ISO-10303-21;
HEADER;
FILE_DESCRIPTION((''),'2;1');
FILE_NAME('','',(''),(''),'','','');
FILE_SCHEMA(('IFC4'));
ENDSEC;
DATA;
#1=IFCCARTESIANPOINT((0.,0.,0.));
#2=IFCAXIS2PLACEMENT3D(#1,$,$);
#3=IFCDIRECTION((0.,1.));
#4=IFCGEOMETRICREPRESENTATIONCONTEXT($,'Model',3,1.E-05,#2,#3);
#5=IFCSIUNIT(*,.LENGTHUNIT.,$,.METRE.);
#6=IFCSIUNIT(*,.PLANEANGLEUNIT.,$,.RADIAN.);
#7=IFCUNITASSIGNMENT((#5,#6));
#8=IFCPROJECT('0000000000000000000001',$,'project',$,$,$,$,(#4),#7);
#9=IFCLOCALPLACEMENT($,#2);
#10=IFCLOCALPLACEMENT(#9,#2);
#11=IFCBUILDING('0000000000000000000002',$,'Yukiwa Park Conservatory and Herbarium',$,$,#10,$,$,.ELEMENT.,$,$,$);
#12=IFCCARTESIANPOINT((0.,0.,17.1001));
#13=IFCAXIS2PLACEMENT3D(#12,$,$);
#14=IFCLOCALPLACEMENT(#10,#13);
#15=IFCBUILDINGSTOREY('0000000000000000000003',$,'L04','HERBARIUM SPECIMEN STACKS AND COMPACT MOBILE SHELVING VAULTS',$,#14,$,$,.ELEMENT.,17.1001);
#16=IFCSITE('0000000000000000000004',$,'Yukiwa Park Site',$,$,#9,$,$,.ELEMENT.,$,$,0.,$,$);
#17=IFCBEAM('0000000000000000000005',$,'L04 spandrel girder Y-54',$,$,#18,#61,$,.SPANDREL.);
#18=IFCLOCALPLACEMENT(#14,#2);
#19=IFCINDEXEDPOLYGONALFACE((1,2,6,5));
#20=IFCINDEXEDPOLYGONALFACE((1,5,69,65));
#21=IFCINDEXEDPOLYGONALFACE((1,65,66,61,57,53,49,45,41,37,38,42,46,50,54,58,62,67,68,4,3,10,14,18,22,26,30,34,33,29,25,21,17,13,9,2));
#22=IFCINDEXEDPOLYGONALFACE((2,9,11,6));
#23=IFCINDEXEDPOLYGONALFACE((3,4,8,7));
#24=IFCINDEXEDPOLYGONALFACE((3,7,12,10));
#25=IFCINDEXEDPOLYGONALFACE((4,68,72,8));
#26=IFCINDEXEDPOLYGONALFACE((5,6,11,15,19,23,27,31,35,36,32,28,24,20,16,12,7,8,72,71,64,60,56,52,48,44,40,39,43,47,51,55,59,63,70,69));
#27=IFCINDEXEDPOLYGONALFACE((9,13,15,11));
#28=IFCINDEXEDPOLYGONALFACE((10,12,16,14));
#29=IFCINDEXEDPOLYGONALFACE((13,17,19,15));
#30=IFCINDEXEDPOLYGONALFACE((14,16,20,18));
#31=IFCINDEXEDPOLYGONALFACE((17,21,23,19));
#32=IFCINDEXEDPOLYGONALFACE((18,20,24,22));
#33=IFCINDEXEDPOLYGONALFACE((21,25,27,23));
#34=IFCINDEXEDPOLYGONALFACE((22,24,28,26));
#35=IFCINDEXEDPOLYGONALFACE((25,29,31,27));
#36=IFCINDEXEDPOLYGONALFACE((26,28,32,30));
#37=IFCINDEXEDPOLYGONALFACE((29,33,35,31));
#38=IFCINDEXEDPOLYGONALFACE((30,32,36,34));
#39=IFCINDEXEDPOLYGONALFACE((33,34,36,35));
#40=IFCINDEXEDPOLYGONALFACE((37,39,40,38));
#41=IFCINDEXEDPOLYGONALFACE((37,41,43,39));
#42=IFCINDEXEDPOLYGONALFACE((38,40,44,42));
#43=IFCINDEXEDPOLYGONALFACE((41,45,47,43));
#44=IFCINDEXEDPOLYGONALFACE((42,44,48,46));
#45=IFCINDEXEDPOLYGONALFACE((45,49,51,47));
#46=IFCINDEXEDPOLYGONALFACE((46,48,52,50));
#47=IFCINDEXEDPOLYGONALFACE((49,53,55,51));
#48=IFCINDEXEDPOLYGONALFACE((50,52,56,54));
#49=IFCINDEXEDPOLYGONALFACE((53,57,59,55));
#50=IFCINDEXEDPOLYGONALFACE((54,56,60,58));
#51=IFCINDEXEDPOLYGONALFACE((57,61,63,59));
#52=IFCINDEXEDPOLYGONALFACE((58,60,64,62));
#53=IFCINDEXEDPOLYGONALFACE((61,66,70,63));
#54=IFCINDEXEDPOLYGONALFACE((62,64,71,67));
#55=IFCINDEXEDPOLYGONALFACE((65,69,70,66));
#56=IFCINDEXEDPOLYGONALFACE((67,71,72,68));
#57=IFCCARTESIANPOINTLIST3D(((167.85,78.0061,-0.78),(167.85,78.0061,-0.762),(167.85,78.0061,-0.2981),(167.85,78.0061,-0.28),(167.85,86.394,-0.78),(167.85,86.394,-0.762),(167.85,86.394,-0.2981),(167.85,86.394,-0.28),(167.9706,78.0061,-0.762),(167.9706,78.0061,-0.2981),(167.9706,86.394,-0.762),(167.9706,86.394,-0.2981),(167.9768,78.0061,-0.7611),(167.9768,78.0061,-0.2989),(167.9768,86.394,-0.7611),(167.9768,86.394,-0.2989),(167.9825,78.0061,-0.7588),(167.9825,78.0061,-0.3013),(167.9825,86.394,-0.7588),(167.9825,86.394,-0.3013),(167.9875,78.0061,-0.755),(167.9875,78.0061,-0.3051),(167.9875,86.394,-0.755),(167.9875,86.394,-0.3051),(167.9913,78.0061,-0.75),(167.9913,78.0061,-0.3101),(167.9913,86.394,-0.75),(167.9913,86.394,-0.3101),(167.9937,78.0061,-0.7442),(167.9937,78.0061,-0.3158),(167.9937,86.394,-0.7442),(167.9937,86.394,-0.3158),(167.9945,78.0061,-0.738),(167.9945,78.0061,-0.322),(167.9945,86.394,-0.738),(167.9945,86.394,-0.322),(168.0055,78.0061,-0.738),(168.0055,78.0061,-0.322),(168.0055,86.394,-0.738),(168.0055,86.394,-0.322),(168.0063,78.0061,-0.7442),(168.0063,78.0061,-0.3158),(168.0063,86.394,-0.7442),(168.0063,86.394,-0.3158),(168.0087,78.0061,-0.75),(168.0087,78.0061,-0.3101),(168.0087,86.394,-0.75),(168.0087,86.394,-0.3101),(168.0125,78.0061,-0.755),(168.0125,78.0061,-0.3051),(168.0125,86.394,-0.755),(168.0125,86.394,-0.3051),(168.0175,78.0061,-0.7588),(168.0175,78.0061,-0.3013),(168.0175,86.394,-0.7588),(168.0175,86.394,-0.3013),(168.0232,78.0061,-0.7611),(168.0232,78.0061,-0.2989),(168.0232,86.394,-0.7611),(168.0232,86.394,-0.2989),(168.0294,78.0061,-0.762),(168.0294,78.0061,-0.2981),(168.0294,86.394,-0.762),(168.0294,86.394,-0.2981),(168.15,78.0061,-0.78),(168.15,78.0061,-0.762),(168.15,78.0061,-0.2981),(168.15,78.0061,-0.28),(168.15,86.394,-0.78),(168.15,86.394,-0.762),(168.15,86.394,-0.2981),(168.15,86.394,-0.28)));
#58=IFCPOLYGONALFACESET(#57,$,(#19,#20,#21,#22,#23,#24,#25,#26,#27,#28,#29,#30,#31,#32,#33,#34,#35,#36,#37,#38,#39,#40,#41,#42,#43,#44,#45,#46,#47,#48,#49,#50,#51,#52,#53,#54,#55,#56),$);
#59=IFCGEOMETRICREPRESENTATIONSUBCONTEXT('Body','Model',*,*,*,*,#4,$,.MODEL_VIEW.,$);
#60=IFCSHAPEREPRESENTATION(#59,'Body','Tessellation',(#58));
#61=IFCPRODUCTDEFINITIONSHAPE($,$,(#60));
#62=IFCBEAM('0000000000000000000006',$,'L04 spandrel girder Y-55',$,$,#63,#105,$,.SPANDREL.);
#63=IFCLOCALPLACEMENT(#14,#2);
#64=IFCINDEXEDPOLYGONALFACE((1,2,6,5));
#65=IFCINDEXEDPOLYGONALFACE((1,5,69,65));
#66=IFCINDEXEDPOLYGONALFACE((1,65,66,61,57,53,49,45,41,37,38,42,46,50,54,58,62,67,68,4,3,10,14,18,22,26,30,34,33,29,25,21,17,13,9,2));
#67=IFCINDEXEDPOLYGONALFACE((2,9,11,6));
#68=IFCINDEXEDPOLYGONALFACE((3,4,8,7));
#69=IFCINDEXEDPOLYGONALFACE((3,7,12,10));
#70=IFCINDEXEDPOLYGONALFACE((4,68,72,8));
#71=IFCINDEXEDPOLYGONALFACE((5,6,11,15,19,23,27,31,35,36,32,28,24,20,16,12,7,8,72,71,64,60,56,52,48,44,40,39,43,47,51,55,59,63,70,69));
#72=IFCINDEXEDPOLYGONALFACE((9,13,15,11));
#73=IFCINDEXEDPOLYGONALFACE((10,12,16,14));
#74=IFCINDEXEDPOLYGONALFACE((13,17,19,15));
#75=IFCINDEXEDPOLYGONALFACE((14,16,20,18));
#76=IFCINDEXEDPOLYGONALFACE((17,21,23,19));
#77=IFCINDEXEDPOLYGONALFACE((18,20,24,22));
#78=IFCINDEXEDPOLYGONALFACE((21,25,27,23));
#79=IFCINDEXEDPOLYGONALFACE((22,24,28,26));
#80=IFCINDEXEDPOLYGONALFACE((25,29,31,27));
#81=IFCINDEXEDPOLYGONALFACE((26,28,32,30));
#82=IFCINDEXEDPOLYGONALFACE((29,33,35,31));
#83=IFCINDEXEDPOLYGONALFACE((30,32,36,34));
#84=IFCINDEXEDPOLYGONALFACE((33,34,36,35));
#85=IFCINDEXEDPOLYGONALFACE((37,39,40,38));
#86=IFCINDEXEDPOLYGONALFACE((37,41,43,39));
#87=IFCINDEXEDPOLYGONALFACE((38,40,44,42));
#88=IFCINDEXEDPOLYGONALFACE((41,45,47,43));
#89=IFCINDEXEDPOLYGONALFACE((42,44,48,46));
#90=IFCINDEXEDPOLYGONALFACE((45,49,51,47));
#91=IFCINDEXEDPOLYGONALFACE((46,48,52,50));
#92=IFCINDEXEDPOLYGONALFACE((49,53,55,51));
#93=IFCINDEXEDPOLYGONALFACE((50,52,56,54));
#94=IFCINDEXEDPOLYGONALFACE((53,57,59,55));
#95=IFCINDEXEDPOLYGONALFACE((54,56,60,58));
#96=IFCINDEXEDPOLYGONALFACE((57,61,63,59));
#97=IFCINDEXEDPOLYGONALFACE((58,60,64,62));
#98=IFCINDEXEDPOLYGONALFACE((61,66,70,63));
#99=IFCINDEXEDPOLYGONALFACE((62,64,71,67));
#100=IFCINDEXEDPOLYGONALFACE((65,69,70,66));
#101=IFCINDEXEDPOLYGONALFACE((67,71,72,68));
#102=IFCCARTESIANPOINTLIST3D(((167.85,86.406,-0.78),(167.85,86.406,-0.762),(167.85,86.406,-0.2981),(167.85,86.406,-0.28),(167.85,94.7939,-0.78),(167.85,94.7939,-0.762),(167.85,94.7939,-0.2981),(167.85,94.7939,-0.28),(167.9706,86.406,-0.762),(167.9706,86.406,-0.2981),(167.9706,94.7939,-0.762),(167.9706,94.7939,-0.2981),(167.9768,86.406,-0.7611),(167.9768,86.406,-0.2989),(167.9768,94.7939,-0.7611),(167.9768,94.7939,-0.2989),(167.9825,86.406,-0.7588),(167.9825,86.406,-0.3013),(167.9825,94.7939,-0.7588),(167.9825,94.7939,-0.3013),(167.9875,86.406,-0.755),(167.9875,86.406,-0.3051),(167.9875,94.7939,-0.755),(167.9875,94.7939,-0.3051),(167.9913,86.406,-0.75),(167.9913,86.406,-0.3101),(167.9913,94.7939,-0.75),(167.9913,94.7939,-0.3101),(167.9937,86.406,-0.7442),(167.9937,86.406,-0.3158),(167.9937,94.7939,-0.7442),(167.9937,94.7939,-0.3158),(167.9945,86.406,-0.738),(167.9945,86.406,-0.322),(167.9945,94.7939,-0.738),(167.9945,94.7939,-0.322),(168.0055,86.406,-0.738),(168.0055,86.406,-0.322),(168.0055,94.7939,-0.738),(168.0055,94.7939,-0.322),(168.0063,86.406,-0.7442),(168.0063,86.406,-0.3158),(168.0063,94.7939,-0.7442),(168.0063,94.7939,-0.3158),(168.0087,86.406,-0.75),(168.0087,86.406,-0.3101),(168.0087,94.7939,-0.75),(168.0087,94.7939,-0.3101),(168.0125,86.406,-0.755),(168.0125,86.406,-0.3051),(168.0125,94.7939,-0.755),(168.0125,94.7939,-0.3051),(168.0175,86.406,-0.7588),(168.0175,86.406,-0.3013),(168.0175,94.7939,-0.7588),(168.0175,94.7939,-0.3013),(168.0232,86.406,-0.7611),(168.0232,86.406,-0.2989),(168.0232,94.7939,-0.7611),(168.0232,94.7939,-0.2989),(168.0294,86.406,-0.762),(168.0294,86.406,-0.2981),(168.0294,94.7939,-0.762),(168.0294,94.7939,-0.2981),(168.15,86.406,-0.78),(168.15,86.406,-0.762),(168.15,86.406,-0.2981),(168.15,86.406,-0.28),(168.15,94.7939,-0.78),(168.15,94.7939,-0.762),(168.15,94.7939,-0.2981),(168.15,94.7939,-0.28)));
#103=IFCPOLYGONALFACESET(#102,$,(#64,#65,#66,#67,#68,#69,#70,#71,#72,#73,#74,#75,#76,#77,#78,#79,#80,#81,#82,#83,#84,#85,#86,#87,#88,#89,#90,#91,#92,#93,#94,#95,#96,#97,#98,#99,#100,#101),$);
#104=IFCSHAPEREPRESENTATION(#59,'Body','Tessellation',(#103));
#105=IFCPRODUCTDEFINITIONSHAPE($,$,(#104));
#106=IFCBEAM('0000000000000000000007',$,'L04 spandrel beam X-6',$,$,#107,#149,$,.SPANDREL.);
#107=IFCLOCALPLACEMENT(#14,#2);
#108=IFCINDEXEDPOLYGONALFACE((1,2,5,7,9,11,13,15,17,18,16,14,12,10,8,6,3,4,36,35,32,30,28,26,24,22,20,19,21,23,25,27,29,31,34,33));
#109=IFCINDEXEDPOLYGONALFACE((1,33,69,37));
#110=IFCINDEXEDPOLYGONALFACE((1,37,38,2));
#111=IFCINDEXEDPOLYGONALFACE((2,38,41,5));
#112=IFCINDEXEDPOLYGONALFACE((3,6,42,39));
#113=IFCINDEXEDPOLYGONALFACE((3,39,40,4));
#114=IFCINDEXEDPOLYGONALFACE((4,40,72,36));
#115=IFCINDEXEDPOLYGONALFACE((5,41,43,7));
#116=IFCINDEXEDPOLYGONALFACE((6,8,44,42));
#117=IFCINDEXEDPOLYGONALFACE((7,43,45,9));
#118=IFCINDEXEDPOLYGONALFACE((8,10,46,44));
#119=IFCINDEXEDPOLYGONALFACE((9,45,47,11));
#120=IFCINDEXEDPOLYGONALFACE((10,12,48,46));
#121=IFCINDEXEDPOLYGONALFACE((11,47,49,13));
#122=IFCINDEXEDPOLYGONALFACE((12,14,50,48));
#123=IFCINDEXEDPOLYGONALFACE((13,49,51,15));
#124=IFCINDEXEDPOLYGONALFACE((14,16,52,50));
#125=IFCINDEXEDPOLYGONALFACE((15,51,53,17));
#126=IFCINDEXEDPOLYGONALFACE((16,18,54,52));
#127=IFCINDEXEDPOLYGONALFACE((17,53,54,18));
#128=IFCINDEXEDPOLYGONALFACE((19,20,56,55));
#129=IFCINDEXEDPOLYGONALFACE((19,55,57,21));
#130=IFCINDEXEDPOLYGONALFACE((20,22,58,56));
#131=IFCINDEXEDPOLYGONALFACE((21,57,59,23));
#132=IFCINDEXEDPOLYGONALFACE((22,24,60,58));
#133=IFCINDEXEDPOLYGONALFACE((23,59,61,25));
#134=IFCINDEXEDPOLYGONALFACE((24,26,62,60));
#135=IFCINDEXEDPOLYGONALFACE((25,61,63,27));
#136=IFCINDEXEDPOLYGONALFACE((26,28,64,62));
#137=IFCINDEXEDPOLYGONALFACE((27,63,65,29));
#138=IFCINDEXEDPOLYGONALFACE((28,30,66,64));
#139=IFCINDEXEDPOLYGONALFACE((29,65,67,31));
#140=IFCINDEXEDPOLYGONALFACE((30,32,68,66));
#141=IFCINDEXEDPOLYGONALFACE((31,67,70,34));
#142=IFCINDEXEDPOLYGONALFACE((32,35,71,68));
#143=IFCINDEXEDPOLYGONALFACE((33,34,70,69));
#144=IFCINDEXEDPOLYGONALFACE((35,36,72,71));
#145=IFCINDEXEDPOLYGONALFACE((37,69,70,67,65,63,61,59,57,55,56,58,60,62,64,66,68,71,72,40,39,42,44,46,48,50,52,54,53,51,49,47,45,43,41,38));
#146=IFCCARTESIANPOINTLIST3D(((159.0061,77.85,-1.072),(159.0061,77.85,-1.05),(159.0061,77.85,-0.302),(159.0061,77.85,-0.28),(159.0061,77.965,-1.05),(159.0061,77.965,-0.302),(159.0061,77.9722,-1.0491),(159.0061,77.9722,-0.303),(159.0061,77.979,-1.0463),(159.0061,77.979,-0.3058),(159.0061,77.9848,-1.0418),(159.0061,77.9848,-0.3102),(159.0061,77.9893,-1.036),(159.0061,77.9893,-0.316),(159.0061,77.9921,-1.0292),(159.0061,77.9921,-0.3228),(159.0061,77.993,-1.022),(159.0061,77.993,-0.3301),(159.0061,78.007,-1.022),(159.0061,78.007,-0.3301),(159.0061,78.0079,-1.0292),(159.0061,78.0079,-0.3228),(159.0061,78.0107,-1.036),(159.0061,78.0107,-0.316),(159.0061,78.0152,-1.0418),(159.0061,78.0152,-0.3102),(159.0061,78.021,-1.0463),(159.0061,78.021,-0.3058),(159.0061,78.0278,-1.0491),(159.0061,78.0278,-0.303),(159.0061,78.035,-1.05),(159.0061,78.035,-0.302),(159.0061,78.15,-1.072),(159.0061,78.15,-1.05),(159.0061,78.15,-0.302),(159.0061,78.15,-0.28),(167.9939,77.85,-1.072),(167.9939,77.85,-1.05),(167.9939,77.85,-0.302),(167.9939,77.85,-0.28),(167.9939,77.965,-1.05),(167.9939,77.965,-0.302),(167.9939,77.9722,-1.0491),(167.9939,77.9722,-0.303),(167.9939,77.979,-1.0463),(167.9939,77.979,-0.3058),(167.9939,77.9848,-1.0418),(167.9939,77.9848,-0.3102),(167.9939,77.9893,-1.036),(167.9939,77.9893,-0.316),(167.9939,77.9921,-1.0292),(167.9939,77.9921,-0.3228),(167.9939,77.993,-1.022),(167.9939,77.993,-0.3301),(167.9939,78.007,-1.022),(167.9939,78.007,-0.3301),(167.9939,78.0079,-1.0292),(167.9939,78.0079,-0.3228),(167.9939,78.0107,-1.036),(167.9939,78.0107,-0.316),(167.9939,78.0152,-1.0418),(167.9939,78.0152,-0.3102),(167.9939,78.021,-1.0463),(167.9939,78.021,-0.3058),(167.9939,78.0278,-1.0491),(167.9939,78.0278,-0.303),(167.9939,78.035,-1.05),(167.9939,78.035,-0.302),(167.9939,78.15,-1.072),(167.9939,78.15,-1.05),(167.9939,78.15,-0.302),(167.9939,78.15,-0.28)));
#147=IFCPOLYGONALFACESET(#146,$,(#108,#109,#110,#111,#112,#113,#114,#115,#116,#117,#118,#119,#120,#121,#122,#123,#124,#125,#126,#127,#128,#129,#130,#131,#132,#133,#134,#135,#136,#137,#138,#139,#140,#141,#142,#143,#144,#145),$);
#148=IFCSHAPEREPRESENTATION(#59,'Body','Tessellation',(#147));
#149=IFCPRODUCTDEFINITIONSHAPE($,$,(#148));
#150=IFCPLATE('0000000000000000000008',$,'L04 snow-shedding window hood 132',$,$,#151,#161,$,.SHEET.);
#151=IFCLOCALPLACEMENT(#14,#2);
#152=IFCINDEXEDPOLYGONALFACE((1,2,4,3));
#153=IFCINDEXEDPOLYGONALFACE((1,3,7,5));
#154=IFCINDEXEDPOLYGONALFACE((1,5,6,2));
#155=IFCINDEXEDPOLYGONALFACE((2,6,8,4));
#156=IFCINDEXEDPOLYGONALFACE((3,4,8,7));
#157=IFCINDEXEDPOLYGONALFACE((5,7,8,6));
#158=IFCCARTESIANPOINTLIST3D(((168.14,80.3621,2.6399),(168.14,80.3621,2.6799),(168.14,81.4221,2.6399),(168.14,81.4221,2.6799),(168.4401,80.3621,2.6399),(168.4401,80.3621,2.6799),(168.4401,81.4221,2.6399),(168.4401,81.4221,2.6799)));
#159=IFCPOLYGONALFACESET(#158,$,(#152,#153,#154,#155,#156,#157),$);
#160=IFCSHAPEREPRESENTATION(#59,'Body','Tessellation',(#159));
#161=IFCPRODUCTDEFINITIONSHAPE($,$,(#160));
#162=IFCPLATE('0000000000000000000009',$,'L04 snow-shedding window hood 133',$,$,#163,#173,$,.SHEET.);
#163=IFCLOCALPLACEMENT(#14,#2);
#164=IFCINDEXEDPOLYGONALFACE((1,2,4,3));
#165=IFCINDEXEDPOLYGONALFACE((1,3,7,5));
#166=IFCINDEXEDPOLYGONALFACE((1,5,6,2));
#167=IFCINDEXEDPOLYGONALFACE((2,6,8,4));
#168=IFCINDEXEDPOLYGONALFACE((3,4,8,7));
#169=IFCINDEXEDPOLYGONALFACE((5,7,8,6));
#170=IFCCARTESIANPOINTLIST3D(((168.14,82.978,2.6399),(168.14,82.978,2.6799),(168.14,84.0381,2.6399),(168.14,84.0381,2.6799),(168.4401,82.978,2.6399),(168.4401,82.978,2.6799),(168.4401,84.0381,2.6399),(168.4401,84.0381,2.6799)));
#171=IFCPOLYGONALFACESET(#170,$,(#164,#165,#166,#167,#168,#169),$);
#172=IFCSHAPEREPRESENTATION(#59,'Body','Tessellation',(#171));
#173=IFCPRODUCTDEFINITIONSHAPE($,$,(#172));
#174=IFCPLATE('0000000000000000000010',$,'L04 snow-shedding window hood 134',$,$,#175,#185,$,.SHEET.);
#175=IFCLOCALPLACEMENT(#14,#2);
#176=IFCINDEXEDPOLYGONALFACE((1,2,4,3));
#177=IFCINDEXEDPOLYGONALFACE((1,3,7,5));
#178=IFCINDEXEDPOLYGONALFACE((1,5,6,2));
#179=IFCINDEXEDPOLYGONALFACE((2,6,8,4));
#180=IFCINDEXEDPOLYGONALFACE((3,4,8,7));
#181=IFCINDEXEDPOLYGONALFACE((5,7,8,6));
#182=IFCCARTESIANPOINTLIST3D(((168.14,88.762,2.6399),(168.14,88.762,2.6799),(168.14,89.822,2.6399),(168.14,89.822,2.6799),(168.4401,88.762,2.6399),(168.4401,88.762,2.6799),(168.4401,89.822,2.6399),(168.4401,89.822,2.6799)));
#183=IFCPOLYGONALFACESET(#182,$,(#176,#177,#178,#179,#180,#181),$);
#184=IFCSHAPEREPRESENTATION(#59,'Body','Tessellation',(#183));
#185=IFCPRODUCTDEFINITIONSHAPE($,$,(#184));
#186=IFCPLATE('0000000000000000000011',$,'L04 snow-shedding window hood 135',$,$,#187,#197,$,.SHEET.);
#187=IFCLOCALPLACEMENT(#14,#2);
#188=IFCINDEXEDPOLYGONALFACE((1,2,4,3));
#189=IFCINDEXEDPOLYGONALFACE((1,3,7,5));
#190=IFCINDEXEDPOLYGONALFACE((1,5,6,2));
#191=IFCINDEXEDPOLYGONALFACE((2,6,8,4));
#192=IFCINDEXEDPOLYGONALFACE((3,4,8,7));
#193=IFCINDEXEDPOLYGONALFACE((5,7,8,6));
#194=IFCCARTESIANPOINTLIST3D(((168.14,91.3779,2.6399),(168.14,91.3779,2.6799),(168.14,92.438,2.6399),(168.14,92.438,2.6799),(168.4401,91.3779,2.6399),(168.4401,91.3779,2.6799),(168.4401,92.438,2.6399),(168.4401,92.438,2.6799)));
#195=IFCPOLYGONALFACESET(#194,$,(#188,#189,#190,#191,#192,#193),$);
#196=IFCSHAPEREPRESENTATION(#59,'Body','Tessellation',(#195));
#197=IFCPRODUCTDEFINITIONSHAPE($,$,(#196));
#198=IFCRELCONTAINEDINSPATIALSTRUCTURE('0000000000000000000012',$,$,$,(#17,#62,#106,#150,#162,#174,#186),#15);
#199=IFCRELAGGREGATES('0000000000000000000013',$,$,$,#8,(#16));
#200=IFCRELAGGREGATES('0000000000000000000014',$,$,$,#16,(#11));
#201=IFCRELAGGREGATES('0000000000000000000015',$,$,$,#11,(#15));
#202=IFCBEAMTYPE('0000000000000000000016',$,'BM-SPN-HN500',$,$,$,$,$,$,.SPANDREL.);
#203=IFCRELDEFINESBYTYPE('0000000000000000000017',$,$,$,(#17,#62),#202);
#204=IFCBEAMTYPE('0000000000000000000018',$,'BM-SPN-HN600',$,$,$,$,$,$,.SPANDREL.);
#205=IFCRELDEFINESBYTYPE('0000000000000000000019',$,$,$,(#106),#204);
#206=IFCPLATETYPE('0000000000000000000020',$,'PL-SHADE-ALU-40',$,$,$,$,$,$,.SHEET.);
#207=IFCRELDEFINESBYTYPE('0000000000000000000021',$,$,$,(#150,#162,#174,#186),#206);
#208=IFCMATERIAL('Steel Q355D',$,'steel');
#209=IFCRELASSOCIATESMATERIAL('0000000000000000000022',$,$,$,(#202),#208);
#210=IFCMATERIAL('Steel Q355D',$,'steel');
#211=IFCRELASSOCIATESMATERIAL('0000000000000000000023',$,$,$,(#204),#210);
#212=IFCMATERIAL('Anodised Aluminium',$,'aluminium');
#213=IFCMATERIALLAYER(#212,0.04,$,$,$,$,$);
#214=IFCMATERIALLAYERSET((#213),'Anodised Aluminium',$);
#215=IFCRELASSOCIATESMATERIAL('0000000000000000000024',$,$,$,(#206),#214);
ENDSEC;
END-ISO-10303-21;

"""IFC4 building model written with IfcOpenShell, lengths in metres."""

from ifc_helpers import new_model, si_unit, direction, frame, origin, origin_2d, place, context, subcontext, project, spatial, rectangle, i_section, extrude, material, layer, layer_set, material_profile, profile_set, type_object, element, save


model = new_model("IFC4")

# Units and contexts
model_context = context("Model", 3, precision=1e-05, world=origin(), true_north=direction((0.0, 1.0)))
body_context = subcontext(model_context, "Body", "Model", "MODEL_VIEW")
ifc_project = project(units=[si_unit("LENGTHUNIT", "METRE"), si_unit("PLANEANGLEUNIT", "RADIAN")], contexts=[model_context])

# Site, building, storey
site_placement = place(None, origin())
site = spatial("IfcSite", under=ifc_project, at=site_placement, Name="Yukiwa Park Site", CompositionType="ELEMENT", RefElevation=0.0)
building_placement = place(site_placement, origin())
building = spatial("IfcBuilding", under=site, at=building_placement, Name="Yukiwa Park Conservatory and Herbarium", CompositionType="ELEMENT")
storey_placement = place(building_placement, frame((0.0, 0.0, 17.1001)))
storey = spatial("IfcBuildingStorey", under=building, at=storey_placement, Name="L04", Description="HERBARIUM SPECIMEN STACKS AND COMPACT MOBILE SHELVING VAULTS", CompositionType="ELEMENT", Elevation=17.1001)

# Beams
ifc_material_1 = material(Name="Steel Q355D", Category="steel")
ifc_material_profile_1 = material_profile(ifc_material_1, i_section(OverallWidth=0.3, OverallDepth=0.5, WebThickness=0.011, FlangeThickness=0.0181, FilletRadius=0.0239, at=origin_2d()), Name="HM 500x300x11x18")
ifc_profile_set_1 = profile_set([ifc_material_profile_1], Name="Steel Q355D")
beam_type_1 = type_object("IfcBeamType", Name="BM-SPN-HN500", PredefinedType="SPANDREL", material=ifc_profile_set_1)
for number, where, z_axis, x_axis, name in (
    (1, (168.0, 78.0061, -0.53), (0.0, 1.0, 0.0), (-1.0, 0.0, 0.0), "L04 spandrel girder Y-54"),
    (2, (168.0, 86.406, -0.53), (0.0, 1.0, 0.0), (-1.0, 0.0, 0.0), "L04 spandrel girder Y-55"),
):
    element("IfcBeam", number, at=place(storey_placement, frame(where, z_axis=z_axis, x_axis=x_axis)), inside=storey, type_object=beam_type_1, Name=name, PredefinedType="SPANDREL", context=body_context, shape_type="SweptSolid", body=[
        extrude(i_section(OverallWidth=0.3, OverallDepth=0.5, WebThickness=0.011, FlangeThickness=0.0181, FilletRadius=0.0239, at=origin_2d()), origin(), (0.0, 0.0, 1.0), 8.3879),
    ])
ifc_material_2 = material(Name="Steel Q355D", Category="steel")
ifc_material_profile_2 = material_profile(ifc_material_2, i_section(OverallWidth=0.3, OverallDepth=0.792, WebThickness=0.0139, FlangeThickness=0.022, FilletRadius=0.0281, at=origin_2d()), Name="HN 792x300x14x22")
ifc_profile_set_2 = profile_set([ifc_material_profile_2], Name="Steel Q355D")
beam_type_2 = type_object("IfcBeamType", Name="BM-SPN-HN600", PredefinedType="SPANDREL", material=ifc_profile_set_2)
beam_1_placement = place(storey_placement, frame((159.0061, 78.0, -0.676), z_axis=(1.0, 0.0, 0.0), x_axis=(0.0, 1.0, 0.0)))
element("IfcBeam", 3, at=beam_1_placement, inside=storey, type_object=beam_type_2, Name="L04 spandrel beam X-6", PredefinedType="SPANDREL", context=body_context, shape_type="SweptSolid", body=[
    extrude(i_section(OverallWidth=0.3, OverallDepth=0.792, WebThickness=0.0139, FlangeThickness=0.022, FilletRadius=0.0281, at=origin_2d()), origin(), (0.0, 0.0, 1.0), 8.9878),
])

# Plates
ifc_material_3 = material(Name="Anodised Aluminium", Category="aluminium")
ifc_layer_1 = layer(ifc_material_3, 0.04)
ifc_layer_set_1 = layer_set([ifc_layer_1], Name="Anodised Aluminium")
plate_type = type_object("IfcPlateType", Name="PL-SHADE-ALU-40", PredefinedType="SHEET", material=ifc_layer_set_1)
for number, where, z_axis, x_axis, name in (
    (4, (168.29, 80.8921, 2.6399), (0.0, 0.0, 1.0), (0.0, 1.0, 0.0), "L04 snow-shedding window hood 132"),
    (5, (168.29, 83.5081, 2.6399), (0.0, 0.0, 1.0), (0.0, 1.0, 0.0), "L04 snow-shedding window hood 133"),
    (6, (168.29, 89.292, 2.6399), (0.0, 0.0, 1.0), (0.0, 1.0, 0.0), "L04 snow-shedding window hood 134"),
    (7, (168.29, 91.908, 2.6399), (0.0, 0.0, 1.0), (0.0, 1.0, 0.0), "L04 snow-shedding window hood 135"),
):
    element("IfcPlate", number, at=place(storey_placement, frame(where, z_axis=z_axis, x_axis=x_axis)), inside=storey, type_object=plate_type, Name=name, PredefinedType="SHEET", context=body_context, shape_type="SweptSolid", body=[
        extrude(rectangle(XDim=1.0601, YDim=0.3, at=origin_2d()), origin(), (0.0, 0.0, 1.0), 0.04),
    ])

save(model, "model.ifc")
